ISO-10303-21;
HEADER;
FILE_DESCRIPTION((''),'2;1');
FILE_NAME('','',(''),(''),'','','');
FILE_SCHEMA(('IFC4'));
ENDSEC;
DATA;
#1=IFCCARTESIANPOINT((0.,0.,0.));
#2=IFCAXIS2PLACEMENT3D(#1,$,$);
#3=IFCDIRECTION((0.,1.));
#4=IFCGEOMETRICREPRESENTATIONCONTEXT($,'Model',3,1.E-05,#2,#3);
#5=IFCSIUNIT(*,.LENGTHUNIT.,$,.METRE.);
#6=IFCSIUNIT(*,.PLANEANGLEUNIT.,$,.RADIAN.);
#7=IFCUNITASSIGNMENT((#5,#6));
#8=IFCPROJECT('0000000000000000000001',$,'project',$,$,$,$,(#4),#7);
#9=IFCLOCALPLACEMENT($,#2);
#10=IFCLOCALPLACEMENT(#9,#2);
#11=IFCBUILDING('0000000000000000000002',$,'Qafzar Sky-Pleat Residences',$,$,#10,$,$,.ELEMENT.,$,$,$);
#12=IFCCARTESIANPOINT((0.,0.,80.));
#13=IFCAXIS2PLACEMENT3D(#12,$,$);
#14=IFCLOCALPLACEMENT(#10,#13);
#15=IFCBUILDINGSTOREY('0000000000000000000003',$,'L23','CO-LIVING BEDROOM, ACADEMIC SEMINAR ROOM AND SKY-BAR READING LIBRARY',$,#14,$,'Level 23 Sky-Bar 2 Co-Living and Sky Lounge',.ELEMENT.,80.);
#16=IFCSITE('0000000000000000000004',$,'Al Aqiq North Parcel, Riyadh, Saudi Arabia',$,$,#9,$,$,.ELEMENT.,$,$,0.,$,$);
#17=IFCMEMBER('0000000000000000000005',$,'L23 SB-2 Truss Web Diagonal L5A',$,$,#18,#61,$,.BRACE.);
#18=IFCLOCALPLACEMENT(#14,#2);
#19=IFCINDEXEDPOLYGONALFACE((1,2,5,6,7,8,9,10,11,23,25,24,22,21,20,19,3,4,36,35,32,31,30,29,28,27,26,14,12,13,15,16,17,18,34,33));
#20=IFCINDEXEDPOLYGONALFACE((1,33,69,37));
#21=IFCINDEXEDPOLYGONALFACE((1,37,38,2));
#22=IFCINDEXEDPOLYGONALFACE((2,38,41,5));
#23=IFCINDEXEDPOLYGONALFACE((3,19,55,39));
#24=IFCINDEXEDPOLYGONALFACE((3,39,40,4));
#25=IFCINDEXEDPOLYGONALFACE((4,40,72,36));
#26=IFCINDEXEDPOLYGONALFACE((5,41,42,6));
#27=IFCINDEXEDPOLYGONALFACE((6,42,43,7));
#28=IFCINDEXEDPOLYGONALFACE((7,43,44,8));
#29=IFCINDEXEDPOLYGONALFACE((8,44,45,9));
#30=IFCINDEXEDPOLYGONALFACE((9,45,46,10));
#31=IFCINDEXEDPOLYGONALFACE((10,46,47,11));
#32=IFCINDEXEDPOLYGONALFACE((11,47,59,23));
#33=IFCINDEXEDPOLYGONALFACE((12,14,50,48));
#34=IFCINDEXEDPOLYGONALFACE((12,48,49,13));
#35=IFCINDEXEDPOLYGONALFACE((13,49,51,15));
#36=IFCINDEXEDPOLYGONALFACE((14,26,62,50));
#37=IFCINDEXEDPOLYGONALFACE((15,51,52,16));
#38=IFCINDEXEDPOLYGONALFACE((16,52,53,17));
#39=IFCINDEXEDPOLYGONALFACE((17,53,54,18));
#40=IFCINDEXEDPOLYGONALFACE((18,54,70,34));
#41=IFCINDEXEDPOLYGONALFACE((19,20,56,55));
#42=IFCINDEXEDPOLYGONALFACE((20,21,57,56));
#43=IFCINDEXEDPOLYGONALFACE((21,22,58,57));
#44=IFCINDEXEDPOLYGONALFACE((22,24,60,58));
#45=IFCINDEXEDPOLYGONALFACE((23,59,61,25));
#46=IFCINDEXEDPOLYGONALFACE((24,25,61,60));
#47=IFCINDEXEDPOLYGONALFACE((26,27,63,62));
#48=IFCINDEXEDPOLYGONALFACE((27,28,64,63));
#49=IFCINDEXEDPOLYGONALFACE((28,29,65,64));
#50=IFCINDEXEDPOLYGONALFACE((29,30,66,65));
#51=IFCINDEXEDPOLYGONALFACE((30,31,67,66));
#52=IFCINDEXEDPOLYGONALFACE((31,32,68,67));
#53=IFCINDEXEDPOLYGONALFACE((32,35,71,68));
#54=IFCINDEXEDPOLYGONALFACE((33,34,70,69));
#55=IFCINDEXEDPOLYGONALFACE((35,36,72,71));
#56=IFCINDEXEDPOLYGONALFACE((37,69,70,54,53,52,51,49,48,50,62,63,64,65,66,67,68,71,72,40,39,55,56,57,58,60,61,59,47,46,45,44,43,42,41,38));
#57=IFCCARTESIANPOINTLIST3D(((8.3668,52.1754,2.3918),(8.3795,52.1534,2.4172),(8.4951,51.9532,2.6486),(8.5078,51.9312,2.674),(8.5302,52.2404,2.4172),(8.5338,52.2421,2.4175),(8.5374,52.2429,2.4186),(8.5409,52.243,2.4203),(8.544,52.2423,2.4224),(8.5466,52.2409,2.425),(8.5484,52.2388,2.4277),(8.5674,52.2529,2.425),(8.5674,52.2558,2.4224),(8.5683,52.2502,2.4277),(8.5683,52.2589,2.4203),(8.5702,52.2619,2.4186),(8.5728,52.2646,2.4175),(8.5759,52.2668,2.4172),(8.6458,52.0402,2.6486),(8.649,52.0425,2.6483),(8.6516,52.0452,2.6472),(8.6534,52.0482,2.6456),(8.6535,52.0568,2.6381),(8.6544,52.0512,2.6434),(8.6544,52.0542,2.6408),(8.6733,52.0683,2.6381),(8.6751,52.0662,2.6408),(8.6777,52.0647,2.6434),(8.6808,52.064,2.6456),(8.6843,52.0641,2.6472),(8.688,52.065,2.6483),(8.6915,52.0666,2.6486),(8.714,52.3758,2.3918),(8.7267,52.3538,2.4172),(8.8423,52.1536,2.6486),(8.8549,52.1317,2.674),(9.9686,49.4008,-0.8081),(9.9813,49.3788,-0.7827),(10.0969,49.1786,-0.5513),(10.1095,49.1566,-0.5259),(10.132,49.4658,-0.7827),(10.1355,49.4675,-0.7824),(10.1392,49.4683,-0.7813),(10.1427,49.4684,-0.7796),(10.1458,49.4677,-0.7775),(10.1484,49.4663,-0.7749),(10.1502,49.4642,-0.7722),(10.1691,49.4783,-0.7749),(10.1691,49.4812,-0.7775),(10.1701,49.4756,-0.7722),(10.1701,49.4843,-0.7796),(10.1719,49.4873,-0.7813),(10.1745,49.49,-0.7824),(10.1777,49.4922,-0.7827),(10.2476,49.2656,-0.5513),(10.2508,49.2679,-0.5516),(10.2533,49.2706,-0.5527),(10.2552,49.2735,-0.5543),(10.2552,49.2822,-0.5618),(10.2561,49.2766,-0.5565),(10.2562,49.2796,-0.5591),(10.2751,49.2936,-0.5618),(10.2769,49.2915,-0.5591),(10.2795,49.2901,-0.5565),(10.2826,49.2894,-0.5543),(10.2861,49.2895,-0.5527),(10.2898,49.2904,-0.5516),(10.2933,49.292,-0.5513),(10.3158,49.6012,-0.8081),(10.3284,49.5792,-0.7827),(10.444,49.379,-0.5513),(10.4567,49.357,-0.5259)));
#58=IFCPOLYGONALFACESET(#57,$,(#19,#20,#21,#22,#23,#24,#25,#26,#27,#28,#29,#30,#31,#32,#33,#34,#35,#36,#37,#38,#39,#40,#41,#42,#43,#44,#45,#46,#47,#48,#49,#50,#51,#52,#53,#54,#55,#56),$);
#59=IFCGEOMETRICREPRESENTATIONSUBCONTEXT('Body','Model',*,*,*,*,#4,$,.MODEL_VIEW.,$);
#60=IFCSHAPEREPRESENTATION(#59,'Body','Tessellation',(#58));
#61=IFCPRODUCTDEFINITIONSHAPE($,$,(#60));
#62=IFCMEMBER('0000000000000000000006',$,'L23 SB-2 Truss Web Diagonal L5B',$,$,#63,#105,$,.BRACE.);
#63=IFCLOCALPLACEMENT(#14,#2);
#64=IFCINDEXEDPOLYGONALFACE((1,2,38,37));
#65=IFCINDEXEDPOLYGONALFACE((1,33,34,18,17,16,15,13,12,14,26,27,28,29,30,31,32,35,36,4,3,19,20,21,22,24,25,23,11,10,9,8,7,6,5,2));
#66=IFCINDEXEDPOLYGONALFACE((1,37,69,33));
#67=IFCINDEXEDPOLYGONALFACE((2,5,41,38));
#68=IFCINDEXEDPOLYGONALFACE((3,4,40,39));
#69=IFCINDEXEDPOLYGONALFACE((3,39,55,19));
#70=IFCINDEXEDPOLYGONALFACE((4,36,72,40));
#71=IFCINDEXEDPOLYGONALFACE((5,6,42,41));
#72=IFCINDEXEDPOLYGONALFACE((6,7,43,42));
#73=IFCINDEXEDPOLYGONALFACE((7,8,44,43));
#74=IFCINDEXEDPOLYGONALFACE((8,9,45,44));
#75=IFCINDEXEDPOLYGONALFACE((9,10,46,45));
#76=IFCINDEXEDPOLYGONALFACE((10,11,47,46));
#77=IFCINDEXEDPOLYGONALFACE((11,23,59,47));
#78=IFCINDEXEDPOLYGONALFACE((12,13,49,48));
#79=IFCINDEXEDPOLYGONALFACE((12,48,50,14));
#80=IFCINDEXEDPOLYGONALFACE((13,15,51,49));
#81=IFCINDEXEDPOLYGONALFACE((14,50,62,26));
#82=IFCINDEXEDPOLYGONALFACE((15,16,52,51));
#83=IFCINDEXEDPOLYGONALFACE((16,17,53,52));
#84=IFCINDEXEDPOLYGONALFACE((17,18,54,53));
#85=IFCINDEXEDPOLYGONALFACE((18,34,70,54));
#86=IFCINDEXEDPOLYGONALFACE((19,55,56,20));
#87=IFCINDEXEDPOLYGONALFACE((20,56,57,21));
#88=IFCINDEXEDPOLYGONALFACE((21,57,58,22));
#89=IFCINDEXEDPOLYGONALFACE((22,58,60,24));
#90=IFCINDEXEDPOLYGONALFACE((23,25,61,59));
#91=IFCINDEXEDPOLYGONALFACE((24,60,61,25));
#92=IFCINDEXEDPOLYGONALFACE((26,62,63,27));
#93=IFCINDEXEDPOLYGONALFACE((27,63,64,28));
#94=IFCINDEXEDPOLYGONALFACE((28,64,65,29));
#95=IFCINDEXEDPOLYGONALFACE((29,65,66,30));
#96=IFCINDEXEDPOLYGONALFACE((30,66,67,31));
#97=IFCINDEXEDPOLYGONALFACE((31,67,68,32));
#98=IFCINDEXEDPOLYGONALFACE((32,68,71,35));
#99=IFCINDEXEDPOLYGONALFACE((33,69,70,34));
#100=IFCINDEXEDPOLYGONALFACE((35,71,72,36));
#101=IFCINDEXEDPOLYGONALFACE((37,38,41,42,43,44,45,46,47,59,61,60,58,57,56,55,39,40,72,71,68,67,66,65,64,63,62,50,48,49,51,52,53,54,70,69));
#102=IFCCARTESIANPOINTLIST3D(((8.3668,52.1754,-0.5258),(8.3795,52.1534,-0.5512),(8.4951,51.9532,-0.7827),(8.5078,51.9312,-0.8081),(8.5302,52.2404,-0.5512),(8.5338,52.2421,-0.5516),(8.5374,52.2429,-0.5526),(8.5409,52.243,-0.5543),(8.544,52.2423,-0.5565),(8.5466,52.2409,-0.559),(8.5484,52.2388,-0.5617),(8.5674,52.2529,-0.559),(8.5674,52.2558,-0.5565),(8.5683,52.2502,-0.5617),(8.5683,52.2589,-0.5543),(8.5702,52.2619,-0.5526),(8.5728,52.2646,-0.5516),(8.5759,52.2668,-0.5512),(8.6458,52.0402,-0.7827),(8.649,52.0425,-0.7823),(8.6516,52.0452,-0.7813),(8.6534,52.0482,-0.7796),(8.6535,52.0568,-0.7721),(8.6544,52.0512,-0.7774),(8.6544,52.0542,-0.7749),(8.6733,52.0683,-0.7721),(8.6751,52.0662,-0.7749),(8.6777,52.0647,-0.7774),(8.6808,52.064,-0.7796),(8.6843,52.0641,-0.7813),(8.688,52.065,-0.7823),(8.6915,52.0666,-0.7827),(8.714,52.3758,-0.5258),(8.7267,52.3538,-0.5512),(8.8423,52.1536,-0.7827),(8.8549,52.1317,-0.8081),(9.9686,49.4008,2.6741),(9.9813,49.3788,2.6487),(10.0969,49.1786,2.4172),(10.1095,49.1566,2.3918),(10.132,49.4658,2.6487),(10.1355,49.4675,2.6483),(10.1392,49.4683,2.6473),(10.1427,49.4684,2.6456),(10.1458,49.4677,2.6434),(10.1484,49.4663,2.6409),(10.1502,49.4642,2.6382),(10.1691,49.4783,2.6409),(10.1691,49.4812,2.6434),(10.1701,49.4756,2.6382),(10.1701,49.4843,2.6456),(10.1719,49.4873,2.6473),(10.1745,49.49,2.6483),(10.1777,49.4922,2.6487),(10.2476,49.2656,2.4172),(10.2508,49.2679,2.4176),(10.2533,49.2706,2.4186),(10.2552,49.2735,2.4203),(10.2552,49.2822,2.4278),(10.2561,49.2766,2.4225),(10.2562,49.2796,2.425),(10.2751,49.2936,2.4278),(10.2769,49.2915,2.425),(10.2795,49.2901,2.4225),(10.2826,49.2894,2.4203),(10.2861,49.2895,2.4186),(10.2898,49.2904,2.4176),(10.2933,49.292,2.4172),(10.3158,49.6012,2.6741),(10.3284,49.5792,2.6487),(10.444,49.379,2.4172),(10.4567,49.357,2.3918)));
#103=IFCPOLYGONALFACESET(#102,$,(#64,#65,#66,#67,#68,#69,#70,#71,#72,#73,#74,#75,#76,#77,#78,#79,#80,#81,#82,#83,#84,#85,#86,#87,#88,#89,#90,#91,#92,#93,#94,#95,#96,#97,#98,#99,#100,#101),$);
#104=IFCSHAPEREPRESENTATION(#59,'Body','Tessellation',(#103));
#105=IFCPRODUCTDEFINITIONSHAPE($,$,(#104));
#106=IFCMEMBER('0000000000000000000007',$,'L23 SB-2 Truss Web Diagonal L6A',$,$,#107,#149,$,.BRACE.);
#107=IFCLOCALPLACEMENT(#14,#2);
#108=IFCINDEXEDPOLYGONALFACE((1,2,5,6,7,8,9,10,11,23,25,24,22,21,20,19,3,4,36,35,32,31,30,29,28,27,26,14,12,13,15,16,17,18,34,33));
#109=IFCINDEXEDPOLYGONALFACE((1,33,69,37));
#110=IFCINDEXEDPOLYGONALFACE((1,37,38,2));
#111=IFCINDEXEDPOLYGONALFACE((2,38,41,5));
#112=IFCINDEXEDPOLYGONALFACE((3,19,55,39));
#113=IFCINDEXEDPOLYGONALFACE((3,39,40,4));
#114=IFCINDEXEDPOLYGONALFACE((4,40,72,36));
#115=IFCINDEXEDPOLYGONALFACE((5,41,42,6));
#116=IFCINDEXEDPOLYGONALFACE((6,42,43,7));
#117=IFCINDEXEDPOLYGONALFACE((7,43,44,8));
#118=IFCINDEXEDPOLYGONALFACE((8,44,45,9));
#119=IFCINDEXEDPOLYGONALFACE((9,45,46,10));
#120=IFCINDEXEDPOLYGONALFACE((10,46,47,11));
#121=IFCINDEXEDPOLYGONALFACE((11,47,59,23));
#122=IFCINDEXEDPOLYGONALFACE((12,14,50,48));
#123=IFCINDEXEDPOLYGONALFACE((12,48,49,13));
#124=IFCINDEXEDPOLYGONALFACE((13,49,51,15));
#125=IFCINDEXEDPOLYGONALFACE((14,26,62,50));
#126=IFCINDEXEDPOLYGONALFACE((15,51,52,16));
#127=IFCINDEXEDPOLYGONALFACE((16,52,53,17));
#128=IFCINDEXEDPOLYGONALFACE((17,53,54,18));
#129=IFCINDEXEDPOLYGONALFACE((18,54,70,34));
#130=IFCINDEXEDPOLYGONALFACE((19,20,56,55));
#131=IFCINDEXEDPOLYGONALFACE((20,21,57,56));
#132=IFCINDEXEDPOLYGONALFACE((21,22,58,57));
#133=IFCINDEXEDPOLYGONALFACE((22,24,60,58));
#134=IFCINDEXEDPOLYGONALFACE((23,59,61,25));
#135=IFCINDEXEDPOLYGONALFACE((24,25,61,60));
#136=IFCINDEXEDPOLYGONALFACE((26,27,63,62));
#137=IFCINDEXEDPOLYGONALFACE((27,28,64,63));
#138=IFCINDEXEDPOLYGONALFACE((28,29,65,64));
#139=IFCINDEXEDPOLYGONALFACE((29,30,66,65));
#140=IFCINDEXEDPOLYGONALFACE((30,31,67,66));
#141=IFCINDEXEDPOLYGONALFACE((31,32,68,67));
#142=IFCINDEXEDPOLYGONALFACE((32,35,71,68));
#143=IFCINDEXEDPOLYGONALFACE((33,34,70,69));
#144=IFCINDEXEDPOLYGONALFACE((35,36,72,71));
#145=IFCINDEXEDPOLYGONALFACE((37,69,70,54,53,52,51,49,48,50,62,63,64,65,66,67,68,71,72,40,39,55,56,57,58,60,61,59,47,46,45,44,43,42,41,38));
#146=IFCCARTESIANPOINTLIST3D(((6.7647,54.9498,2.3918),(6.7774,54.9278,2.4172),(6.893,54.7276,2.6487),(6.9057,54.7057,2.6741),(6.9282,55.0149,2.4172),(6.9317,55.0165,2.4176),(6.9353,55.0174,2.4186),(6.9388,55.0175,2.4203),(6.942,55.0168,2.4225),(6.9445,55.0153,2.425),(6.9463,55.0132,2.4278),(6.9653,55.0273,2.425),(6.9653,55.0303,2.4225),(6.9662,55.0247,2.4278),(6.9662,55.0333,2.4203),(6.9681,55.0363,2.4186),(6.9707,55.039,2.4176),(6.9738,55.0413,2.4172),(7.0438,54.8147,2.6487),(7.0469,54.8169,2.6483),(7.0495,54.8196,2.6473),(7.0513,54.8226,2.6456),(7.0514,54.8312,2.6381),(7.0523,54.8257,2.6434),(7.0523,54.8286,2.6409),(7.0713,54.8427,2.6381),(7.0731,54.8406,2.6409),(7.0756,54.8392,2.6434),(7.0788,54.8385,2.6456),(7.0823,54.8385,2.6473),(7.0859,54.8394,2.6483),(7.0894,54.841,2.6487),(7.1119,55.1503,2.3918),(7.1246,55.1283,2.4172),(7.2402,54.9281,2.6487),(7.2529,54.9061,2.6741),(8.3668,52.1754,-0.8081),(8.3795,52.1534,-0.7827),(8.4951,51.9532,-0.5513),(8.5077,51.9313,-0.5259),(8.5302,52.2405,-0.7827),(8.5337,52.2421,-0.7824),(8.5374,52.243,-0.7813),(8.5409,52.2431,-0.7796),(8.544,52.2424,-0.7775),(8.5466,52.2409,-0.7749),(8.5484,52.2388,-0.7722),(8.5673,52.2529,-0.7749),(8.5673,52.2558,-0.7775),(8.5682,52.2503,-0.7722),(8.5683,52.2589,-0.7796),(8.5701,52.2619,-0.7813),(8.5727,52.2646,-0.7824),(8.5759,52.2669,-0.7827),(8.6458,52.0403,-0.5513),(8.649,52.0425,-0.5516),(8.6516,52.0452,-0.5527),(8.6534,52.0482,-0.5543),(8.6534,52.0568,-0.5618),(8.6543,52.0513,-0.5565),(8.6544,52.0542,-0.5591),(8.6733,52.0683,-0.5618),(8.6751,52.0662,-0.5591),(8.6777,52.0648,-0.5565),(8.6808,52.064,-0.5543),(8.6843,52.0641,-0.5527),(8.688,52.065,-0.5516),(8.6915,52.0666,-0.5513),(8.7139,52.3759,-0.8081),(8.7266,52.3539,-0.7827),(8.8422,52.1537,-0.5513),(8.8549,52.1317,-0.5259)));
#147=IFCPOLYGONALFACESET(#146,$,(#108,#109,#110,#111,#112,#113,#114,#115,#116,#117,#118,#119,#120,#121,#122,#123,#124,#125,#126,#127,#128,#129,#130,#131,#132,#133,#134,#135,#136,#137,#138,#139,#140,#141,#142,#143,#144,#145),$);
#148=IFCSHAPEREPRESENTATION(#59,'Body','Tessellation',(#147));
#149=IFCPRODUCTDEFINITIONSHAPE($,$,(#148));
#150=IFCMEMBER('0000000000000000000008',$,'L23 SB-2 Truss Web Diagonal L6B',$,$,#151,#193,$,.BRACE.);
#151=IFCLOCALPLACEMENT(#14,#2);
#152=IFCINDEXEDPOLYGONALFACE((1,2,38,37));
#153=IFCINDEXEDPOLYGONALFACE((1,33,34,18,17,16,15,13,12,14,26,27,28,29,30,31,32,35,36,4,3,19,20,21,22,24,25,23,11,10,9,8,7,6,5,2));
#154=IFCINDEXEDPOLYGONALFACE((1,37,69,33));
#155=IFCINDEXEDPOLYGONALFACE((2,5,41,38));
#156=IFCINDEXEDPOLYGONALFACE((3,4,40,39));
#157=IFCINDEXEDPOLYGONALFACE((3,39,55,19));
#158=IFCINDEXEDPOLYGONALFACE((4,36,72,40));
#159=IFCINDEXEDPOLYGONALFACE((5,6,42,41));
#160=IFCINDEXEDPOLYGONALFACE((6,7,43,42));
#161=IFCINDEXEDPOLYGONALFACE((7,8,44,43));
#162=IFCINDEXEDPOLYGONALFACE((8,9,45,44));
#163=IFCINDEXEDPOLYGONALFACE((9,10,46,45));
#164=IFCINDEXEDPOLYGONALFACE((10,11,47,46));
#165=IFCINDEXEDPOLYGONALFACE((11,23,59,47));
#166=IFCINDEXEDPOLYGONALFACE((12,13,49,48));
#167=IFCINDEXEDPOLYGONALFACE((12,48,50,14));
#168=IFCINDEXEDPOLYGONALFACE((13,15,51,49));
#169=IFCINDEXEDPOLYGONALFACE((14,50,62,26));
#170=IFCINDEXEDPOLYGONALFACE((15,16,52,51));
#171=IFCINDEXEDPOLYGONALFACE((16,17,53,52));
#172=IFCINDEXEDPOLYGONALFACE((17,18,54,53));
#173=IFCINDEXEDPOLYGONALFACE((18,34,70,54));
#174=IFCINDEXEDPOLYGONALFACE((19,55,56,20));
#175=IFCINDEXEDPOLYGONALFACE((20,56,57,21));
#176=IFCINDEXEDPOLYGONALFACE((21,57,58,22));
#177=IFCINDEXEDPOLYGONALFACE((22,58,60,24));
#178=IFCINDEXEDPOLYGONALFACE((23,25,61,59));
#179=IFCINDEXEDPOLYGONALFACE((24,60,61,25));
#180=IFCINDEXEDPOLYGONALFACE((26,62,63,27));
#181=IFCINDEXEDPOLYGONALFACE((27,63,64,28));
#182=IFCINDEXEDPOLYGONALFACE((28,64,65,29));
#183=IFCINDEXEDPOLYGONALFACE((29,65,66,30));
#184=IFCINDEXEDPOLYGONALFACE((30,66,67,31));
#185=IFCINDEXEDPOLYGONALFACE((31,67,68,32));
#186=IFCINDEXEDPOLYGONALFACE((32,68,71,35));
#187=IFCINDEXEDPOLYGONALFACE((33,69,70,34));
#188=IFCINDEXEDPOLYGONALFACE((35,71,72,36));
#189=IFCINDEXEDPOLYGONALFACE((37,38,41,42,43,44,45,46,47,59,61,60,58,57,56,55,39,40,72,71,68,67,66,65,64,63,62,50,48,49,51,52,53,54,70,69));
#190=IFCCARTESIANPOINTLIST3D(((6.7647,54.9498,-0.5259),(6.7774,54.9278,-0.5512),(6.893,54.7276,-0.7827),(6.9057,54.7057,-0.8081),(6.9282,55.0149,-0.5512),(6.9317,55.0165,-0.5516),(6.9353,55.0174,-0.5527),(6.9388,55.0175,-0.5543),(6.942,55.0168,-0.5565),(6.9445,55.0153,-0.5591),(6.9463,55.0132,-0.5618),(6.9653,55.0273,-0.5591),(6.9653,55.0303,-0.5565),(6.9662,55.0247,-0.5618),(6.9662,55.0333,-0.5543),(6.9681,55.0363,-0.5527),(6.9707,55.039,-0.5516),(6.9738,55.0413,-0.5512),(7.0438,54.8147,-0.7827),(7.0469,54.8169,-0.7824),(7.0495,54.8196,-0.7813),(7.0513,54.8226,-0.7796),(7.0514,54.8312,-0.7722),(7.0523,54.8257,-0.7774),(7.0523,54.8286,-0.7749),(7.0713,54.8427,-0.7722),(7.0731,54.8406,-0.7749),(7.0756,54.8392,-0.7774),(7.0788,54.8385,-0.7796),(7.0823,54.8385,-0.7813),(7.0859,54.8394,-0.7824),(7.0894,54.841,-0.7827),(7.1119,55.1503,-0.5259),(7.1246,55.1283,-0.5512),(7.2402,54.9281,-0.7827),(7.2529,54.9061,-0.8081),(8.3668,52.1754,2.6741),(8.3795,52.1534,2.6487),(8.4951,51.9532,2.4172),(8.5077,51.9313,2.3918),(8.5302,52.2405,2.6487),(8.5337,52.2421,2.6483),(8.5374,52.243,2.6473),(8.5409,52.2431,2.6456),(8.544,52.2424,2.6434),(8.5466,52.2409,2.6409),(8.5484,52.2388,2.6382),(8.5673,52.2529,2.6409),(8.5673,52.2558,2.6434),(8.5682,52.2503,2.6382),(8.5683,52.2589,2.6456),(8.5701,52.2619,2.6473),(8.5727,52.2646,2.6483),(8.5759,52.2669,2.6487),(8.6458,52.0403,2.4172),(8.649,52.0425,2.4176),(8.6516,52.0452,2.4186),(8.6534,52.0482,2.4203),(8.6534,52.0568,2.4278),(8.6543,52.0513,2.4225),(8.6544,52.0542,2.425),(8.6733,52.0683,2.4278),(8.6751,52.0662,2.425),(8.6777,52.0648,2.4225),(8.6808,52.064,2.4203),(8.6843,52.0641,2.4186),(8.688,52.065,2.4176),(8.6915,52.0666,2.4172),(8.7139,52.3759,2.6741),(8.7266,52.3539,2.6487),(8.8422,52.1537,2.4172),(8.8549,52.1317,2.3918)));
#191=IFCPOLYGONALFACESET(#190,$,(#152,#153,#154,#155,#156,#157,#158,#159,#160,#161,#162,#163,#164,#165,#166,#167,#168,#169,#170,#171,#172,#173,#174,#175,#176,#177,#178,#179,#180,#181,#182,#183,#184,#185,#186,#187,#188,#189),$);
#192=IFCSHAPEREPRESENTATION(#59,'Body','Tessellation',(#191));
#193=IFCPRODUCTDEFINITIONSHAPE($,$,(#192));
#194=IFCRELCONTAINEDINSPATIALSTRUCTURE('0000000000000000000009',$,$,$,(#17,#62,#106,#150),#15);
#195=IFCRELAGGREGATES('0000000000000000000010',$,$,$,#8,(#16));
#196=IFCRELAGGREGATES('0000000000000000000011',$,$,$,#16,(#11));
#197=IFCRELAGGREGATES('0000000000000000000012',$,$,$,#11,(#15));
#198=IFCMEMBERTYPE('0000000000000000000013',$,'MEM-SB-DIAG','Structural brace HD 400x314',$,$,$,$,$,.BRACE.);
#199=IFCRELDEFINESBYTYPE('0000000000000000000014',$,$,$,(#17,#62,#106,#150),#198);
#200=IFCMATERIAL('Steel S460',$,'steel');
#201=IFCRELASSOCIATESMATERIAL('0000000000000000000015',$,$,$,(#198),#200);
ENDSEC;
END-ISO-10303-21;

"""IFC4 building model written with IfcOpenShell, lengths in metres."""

from ifc_helpers import new_model, si_unit, direction, frame, origin, origin_2d, place, context, subcontext, project, spatial, i_section, extrude, source, transform, mapped, material, material_profile, profile_set, type_object, element, save


model = new_model("IFC4")

# Units and contexts
model_context = context("Model", 3, precision=1e-05, world=origin(), true_north=direction((0.0, 1.0)))
body_context = subcontext(model_context, "Body", "Model", "MODEL_VIEW")
ifc_project = project(units=[si_unit("LENGTHUNIT", "METRE"), si_unit("PLANEANGLEUNIT", "RADIAN")], contexts=[model_context])

# Site, building, storey
site_placement = place(None, origin())
site = spatial("IfcSite", under=ifc_project, at=site_placement, Name="Al Aqiq North Parcel, Riyadh, Saudi Arabia", CompositionType="ELEMENT", RefElevation=0.0)
building_placement = place(site_placement, origin())
building = spatial("IfcBuilding", under=site, at=building_placement, Name="Qafzar Sky-Pleat Residences", CompositionType="ELEMENT")
storey_placement = place(building_placement, frame((0.0, 0.0, 80.0)))
storey = spatial("IfcBuildingStorey", under=building, at=storey_placement, Name="L23", Description="CO-LIVING BEDROOM, ACADEMIC SEMINAR ROOM AND SKY-BAR READING LIBRARY", LongName="Level 23 Sky-Bar 2 Co-Living and Sky Lounge", CompositionType="ELEMENT", Elevation=80.0)

# Members
ifc_material_1 = material(Name="Steel S460", Category="steel")
ifc_material_profile_1 = material_profile(ifc_material_1, i_section(OverallWidth=0.4009, OverallDepth=0.3989, WebThickness=0.0229, FlangeThickness=0.0359, FilletRadius=0.0149, at=origin_2d()), Name="HD 400x314")
ifc_profile_set_1 = profile_set([ifc_material_profile_1], Name="Steel S460")
member_type_1 = type_object("IfcMemberType", Name="MEM-SB-DIAG", Description="Structural brace HD 400x314", PredefinedType="BRACE", material=ifc_profile_set_1)
shared_shape_1 = source(origin(), body_context, "Body", "SweptSolid", [
    extrude(i_section(OverallWidth=0.4009, OverallDepth=0.3989, WebThickness=0.0229, FlangeThickness=0.0359, FilletRadius=0.0149, at=origin_2d()), origin(), (0.0, 0.0, 1.0), 4.5281),
])
for number, where, z_axis, x_axis, name in (
    (1, (10.2126, 49.3789, -0.667), (-0.353744, 0.612757, 0.706679), (-0.866045, -0.499967, 0.0), "L23 SB-2 Truss Web Diagonal L5A"),
    (2, (10.2126, 49.3789, 2.533), (-0.353744, 0.612757, -0.706679), (-0.866045, -0.499967, 0.0), "L23 SB-2 Truss Web Diagonal L5B"),
    (3, (8.6108, 52.1536, -0.667), (-0.353803, 0.612711, 0.706688), (-0.865993, -0.500057, 0.0), "L23 SB-2 Truss Web Diagonal L6A"),
    (4, (8.6108, 52.1536, 2.533), (-0.353803, 0.612711, -0.706688), (-0.865993, -0.500057, 0.0), "L23 SB-2 Truss Web Diagonal L6B"),
):
    element("IfcMember", number, at=place(storey_placement, frame(where, z_axis=z_axis, x_axis=x_axis)), inside=storey, type_object=member_type_1, Name=name, PredefinedType="BRACE", context=body_context, shape_type="MappedRepresentation", body=[
        mapped(shared_shape_1, transform((0.0, 0.0, 0.0), x_axis=(1.0, 0.0, 0.0), y_axis=(0.0, 1.0, 0.0), z_axis=(0.0, 0.0, 1.0), scale=1.0)),
    ])

save(model, "model.ifc")
